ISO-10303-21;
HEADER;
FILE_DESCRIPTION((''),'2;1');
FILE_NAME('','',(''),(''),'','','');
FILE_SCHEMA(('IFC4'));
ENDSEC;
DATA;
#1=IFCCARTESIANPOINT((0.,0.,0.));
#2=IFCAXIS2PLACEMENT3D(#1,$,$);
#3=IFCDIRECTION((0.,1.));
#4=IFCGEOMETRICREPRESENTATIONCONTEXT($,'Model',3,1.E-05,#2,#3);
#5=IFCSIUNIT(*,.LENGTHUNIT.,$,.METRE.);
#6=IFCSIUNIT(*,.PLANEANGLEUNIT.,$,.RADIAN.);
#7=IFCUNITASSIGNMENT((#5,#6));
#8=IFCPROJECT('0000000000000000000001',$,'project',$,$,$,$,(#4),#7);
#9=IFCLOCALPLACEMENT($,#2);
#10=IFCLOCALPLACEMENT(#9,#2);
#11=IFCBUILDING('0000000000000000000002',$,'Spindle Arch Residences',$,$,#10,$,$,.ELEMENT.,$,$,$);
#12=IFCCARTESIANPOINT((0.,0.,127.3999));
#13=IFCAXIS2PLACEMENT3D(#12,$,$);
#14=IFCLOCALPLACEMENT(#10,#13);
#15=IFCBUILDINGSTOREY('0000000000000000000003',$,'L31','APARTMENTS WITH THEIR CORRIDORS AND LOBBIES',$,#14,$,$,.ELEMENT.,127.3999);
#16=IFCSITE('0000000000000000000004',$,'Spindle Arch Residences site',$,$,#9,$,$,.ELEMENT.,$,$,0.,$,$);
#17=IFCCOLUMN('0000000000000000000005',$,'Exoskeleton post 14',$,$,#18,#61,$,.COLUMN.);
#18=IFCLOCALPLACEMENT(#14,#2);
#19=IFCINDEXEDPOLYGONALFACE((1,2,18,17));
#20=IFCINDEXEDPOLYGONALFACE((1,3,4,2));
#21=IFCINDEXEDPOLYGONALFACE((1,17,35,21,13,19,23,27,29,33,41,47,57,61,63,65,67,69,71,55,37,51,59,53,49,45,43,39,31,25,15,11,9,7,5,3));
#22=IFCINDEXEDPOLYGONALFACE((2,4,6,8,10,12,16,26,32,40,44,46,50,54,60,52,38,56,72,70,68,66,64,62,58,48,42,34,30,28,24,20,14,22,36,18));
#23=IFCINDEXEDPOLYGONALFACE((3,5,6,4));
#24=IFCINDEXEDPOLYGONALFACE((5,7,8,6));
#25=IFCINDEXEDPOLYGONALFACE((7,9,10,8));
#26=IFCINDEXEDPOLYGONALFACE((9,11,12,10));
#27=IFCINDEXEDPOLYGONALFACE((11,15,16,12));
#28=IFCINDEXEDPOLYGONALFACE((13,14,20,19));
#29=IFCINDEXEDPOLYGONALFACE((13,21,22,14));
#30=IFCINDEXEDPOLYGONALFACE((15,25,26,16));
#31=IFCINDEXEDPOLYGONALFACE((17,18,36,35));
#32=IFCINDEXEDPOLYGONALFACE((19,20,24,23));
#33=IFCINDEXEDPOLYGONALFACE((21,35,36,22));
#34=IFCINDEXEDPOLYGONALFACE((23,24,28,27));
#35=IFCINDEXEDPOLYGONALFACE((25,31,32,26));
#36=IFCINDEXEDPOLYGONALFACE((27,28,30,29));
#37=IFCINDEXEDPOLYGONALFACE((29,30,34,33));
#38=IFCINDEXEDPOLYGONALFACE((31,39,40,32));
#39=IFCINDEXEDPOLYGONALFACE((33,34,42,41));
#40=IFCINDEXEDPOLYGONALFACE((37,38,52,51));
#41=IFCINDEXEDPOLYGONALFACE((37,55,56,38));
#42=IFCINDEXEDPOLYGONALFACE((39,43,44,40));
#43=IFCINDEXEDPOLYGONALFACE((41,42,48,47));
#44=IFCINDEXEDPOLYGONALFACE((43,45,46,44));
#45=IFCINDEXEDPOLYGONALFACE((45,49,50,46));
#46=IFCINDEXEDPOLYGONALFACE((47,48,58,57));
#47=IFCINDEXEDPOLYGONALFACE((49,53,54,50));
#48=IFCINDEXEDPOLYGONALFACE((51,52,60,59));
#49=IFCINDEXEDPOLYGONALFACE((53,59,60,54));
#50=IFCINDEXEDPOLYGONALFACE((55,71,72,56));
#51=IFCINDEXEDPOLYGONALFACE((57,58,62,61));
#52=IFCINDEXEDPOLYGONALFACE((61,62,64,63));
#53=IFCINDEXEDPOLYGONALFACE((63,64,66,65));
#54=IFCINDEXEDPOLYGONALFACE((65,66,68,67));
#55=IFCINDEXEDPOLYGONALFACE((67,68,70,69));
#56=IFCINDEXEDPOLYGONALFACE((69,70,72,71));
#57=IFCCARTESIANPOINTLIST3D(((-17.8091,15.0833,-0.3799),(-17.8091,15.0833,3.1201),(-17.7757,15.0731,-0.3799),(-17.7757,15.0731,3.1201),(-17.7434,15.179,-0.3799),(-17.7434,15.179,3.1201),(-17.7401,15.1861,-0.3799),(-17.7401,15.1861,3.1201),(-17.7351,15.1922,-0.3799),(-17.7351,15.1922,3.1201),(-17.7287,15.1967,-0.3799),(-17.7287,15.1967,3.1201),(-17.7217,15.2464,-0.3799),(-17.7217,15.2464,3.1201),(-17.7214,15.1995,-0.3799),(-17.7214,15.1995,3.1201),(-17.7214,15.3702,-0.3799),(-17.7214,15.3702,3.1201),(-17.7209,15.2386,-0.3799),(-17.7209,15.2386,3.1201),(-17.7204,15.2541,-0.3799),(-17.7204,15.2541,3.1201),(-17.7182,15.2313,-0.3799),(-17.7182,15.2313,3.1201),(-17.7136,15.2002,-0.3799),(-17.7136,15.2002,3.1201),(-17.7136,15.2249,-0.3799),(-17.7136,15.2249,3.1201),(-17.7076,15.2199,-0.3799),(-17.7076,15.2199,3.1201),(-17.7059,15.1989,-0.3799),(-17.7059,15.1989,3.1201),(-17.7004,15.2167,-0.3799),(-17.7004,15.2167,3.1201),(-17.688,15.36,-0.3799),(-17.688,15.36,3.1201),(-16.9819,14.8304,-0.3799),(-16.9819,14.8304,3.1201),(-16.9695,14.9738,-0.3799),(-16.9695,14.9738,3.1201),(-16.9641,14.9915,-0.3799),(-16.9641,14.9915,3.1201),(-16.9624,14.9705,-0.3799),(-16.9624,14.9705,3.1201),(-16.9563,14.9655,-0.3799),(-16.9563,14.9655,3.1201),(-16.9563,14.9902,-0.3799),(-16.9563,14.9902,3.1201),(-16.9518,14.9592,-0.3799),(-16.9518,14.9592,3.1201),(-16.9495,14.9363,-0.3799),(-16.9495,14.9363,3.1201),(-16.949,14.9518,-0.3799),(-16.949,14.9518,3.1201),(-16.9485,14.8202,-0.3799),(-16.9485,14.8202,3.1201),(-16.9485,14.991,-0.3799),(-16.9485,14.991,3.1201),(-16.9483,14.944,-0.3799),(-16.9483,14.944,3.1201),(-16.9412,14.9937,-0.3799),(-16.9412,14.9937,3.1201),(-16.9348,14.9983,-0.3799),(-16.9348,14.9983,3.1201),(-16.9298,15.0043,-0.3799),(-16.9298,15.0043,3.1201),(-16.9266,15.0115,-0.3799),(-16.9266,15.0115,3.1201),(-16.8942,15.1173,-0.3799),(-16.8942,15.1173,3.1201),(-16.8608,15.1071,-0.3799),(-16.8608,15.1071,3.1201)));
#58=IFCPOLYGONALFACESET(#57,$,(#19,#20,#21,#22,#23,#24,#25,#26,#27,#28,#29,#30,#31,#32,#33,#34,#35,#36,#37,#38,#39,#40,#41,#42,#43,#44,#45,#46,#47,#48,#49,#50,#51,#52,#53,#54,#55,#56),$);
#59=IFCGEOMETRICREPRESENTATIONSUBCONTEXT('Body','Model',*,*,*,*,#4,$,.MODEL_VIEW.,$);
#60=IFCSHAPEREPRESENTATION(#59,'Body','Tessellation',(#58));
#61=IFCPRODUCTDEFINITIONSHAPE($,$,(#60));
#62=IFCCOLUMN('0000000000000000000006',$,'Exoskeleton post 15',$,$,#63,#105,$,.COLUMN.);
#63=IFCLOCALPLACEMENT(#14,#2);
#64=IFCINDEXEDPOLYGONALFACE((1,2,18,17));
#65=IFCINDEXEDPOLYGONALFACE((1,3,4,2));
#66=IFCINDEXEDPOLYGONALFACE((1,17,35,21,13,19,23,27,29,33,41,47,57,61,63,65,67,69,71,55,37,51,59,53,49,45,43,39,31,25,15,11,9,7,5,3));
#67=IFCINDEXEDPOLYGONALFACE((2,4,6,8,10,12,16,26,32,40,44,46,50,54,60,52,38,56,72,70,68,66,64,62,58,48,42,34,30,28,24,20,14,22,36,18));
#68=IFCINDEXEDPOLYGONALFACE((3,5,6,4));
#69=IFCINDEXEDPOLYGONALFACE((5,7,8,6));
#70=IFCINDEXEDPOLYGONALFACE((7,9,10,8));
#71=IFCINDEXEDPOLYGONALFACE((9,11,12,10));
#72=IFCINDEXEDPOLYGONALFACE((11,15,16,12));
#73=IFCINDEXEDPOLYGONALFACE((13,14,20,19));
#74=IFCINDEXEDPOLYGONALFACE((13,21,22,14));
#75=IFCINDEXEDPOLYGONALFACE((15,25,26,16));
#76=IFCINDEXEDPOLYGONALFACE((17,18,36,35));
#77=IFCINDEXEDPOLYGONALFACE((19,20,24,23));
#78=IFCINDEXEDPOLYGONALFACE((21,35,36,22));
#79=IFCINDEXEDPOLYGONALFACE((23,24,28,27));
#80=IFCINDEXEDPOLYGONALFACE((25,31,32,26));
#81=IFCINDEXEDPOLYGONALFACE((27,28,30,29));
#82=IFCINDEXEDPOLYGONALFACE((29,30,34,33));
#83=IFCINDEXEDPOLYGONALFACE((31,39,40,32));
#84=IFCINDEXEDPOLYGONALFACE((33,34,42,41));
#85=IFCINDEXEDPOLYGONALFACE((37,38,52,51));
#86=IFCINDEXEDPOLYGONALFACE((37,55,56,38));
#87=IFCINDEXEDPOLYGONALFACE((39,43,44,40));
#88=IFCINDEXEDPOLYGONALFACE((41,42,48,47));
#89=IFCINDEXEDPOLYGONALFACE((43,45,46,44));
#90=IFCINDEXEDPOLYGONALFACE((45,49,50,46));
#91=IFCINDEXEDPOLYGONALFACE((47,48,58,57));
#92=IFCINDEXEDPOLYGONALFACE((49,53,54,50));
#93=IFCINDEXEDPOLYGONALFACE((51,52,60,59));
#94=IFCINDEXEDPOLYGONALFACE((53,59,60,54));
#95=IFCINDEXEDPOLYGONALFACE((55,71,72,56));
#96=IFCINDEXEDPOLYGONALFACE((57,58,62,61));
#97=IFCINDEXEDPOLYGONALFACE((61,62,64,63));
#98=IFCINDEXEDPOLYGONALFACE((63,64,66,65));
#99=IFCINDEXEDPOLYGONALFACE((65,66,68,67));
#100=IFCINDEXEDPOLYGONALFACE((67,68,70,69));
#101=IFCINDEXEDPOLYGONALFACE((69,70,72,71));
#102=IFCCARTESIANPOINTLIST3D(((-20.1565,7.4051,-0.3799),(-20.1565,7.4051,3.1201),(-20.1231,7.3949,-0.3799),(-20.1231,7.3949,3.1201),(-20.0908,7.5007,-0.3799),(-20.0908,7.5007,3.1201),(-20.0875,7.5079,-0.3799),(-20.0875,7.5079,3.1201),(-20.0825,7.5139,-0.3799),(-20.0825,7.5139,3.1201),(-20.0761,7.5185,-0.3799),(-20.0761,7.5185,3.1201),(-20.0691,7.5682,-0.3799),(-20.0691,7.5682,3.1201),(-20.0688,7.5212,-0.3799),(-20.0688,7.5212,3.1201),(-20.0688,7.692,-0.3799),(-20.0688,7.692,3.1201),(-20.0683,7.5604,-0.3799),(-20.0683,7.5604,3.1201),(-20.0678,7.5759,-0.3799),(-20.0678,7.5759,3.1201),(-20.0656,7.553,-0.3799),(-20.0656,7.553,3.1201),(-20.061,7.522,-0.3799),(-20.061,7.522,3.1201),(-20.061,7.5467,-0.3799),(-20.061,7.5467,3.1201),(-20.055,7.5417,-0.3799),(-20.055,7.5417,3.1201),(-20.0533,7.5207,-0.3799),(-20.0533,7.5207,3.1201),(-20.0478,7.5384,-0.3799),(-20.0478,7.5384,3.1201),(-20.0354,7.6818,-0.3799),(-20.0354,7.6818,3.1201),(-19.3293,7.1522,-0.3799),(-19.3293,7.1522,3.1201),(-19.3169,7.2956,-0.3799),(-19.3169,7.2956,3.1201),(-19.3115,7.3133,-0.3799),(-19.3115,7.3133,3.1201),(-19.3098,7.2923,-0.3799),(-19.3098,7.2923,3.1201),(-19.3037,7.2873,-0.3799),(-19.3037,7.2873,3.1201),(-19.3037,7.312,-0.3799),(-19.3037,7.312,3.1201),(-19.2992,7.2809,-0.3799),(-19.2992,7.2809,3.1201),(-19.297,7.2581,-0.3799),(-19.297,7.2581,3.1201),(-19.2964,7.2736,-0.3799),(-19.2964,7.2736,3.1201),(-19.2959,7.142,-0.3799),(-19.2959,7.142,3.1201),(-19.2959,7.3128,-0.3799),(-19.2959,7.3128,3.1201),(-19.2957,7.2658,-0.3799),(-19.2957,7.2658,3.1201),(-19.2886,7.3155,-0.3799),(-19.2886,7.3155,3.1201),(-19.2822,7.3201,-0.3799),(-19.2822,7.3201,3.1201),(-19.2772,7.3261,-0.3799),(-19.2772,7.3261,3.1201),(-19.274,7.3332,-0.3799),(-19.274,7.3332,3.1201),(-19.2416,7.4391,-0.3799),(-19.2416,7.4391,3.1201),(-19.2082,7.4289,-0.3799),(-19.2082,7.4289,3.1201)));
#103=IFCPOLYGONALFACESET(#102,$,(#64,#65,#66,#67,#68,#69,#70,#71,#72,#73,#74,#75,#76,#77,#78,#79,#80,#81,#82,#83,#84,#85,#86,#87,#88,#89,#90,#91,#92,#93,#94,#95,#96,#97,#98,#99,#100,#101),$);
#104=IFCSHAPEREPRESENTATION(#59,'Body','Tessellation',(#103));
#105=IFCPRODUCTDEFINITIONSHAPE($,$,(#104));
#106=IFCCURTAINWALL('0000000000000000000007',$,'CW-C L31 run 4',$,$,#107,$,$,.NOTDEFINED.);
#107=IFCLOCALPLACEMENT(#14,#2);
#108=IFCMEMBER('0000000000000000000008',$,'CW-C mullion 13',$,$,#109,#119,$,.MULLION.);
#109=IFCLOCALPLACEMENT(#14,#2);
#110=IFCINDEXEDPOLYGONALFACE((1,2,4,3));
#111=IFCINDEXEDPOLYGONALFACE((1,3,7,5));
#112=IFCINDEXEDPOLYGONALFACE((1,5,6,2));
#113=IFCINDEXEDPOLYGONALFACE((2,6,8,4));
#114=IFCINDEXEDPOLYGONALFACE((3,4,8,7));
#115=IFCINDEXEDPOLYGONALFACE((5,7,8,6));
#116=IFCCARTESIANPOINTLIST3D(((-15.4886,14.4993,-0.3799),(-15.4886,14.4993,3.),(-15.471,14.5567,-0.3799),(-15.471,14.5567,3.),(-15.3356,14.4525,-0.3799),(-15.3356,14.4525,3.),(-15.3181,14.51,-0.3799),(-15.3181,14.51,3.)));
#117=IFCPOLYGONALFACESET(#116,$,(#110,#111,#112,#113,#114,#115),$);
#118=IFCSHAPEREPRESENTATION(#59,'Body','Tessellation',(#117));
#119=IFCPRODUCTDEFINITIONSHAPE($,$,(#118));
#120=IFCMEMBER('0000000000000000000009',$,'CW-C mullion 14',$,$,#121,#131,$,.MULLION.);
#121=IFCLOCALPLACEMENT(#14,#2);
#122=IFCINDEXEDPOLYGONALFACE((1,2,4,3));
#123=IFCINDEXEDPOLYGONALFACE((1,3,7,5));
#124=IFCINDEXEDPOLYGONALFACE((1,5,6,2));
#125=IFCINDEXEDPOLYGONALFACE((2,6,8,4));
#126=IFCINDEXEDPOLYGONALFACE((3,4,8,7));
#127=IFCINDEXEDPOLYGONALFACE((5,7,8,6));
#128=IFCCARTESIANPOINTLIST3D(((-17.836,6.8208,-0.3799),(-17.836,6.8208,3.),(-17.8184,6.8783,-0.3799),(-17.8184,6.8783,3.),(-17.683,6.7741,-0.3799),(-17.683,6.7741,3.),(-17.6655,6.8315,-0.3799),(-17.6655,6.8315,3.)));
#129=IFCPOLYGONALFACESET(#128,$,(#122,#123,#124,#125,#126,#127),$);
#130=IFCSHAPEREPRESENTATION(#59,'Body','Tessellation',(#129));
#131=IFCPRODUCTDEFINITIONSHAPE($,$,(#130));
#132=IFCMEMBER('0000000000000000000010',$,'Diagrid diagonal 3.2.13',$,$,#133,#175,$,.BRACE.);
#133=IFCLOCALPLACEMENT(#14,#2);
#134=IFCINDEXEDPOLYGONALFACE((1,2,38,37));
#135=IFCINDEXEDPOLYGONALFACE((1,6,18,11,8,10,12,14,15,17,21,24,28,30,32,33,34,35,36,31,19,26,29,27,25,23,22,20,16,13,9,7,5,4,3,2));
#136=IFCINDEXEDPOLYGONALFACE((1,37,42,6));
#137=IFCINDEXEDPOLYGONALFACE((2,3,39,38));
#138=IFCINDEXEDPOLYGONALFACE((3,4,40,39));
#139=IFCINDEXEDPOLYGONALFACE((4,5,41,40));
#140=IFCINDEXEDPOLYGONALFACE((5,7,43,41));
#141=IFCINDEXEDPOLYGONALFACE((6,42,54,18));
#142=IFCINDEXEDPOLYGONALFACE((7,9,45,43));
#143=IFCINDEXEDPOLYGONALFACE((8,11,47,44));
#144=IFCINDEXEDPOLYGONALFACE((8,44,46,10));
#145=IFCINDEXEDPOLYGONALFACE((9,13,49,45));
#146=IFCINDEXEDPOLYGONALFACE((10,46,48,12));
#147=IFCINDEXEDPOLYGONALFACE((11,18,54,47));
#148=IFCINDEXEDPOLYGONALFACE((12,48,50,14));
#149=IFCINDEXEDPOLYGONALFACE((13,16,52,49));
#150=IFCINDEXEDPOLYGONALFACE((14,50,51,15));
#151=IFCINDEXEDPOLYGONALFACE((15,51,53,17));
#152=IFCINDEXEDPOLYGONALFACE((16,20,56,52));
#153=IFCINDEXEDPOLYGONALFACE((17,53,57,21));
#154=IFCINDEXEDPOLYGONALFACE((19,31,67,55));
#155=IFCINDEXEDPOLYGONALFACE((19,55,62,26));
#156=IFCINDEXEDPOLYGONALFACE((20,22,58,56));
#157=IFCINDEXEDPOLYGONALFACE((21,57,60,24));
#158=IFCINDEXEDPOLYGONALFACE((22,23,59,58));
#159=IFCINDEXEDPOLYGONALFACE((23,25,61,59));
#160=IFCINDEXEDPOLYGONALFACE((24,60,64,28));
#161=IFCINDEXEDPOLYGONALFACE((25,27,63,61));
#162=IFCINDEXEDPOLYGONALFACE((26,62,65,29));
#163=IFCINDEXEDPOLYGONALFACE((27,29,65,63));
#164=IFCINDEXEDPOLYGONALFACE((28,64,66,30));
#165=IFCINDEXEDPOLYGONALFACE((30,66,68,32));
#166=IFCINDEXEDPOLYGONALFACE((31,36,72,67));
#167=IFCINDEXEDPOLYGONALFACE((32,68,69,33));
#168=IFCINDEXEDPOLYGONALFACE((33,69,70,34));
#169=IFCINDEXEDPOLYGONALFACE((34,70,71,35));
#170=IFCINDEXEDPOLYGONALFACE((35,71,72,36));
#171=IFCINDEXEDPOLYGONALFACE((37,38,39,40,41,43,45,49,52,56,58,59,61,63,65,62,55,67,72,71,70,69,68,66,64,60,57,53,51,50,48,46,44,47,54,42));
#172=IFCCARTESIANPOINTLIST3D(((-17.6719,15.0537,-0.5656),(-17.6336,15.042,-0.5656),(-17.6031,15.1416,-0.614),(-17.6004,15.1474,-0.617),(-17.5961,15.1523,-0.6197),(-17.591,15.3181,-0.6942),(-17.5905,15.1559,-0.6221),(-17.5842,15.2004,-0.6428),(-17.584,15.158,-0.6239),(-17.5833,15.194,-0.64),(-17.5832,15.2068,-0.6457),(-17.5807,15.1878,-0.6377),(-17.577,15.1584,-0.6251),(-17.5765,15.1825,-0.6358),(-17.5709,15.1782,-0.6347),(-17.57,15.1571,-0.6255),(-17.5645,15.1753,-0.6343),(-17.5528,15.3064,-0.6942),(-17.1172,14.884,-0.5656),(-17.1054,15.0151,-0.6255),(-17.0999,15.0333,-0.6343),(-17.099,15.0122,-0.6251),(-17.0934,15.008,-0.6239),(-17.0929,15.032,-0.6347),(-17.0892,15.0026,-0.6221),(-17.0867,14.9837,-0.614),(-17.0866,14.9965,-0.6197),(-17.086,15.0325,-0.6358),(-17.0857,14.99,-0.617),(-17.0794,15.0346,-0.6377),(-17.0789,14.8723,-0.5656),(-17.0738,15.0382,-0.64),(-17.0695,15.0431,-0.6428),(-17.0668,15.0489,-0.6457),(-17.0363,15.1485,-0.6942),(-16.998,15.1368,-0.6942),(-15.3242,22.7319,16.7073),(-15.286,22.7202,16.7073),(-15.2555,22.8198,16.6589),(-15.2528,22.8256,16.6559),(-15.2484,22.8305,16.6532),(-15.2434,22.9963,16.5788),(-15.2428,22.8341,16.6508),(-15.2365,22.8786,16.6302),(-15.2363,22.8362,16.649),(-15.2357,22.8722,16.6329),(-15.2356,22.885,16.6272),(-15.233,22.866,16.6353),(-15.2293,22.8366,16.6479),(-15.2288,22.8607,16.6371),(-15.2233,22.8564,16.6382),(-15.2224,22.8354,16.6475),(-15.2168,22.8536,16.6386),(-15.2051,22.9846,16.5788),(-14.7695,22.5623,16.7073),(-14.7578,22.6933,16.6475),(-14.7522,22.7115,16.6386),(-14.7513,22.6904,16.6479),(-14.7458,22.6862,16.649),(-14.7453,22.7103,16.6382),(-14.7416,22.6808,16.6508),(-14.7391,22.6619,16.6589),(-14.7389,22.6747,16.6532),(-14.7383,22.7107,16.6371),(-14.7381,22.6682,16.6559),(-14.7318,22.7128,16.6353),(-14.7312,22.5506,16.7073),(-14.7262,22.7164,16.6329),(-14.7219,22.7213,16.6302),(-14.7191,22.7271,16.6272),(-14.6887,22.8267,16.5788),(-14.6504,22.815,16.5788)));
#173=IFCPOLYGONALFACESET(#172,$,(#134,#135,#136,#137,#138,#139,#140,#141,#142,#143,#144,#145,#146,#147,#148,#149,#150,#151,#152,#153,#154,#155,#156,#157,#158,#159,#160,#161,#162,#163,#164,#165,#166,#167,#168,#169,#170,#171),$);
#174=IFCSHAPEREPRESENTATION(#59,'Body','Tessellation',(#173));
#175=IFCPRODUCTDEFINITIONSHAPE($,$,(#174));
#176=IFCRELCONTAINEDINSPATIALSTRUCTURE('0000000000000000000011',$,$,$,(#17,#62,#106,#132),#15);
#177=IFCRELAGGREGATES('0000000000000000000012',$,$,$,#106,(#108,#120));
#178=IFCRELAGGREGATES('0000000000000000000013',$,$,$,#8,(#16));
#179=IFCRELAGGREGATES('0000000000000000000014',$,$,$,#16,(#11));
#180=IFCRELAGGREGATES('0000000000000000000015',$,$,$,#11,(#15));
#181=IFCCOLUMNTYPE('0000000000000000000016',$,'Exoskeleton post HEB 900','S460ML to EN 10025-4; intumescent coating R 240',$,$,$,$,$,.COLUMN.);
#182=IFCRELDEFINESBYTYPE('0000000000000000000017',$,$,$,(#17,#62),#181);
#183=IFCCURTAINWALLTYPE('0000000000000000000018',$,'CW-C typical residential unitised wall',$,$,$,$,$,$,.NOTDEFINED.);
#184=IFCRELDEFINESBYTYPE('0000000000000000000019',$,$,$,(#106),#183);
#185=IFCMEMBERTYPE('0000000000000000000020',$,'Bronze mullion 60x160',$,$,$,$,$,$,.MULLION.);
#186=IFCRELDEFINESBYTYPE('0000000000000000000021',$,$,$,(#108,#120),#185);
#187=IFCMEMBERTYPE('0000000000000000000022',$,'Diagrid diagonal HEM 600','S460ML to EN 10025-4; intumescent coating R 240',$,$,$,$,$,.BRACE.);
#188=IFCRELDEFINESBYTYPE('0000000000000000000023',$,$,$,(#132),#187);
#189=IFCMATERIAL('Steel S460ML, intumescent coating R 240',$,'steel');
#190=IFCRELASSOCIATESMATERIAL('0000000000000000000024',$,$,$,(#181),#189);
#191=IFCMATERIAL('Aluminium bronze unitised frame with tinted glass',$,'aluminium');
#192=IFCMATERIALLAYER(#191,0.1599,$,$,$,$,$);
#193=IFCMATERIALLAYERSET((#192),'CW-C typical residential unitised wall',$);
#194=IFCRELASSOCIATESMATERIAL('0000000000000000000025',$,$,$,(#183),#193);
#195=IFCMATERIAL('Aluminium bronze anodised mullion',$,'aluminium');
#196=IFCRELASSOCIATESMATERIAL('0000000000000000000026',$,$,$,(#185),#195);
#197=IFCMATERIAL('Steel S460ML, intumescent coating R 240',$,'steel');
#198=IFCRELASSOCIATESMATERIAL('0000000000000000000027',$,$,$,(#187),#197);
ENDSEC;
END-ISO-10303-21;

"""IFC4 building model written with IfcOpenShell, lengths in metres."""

from ifc_helpers import new_model, si_unit, direction, frame, origin, origin_2d, place, context, subcontext, project, spatial, rectangle, i_section, extrude, material, layer, layer_set, material_profile, profile_set, type_object, element, aggregate, save


model = new_model("IFC4")

# Units and contexts
model_context = context("Model", 3, precision=1e-05, world=origin(), true_north=direction((0.0, 1.0)))
body_context = subcontext(model_context, "Body", "Model", "MODEL_VIEW")
ifc_project = project(units=[si_unit("LENGTHUNIT", "METRE"), si_unit("PLANEANGLEUNIT", "RADIAN")], contexts=[model_context])

# Site, building, storey
site_placement = place(None, origin())
site = spatial("IfcSite", under=ifc_project, at=site_placement, Name="Spindle Arch Residences site", CompositionType="ELEMENT", RefElevation=0.0)
building_placement = place(site_placement, origin())
building = spatial("IfcBuilding", under=site, at=building_placement, Name="Spindle Arch Residences", CompositionType="ELEMENT")
storey_placement = place(building_placement, frame((0.0, 0.0, 127.3999)))
storey = spatial("IfcBuildingStorey", under=building, at=storey_placement, Name="L31", Description="APARTMENTS WITH THEIR CORRIDORS AND LOBBIES", CompositionType="ELEMENT", Elevation=127.3999)

# Columns
ifc_material_1 = material(Name="Steel S460ML, intumescent coating R 240", Category="steel")
ifc_material_profile_1 = material_profile(ifc_material_1, i_section(OverallWidth=0.3, OverallDepth=0.8999, WebThickness=0.0186, FlangeThickness=0.0349, FilletRadius=0.03, at=origin_2d()), Name="HEB 900")
ifc_profile_set_1 = profile_set([ifc_material_profile_1], Name="Steel S460ML, intumescent coating R 240")
column_type = type_object("IfcColumnType", Name="Exoskeleton post HEB 900", Description="S460ML to EN 10025-4; intumescent coating R 240", PredefinedType="COLUMN", material=ifc_profile_set_1)
for number, where, z_axis, x_axis, name in (
    (1, (-17.335, 15.0952, -0.3799), (0.0, 0.0, 1.0), (0.292372, 0.956305, 0.0), "Exoskeleton post 14"),
    (2, (-19.6824, 7.417, -0.3799), (0.0, 0.0, 1.0), (0.292372, 0.956305, 0.0), "Exoskeleton post 15"),
):
    element("IfcColumn", number, at=place(storey_placement, frame(where, z_axis=z_axis, x_axis=x_axis)), inside=storey, type_object=column_type, Name=name, PredefinedType="COLUMN", context=body_context, shape_type="SweptSolid", body=[
        extrude(i_section(OverallWidth=0.3, OverallDepth=0.8999, WebThickness=0.0186, FlangeThickness=0.0349, FilletRadius=0.03, at=origin_2d()), origin(), (0.0, 0.0, 1.0), 3.5),
    ])

# Curtain wall, members
ifc_material_2 = material(Name="Aluminium bronze unitised frame with tinted glass", Category="aluminium")
ifc_layer_1 = layer(ifc_material_2, 0.1599)
ifc_layer_set_1 = layer_set([ifc_layer_1], Name="CW-C typical residential unitised wall")
curtain_wall_type = type_object("IfcCurtainWallType", Name="CW-C typical residential unitised wall", PredefinedType="NOTDEFINED", material=ifc_layer_set_1)
curtain_wall_placement = place(storey_placement, origin())
curtain_wall = element("IfcCurtainWall", 3, at=curtain_wall_placement, inside=storey, type_object=curtain_wall_type, Name="CW-C L31 run 4", PredefinedType="NOTDEFINED")
ifc_material_3 = material(Name="Aluminium bronze anodised mullion", Category="aluminium")
ifc_material_profile_2 = material_profile(ifc_material_3, rectangle(XDim=0.1599, YDim=0.0601, at=origin_2d()), Name="MU 60x160")
ifc_profile_set_2 = profile_set([ifc_material_profile_2], Name="Aluminium bronze anodised mullion")
member_type_1 = type_object("IfcMemberType", Name="Bronze mullion 60x160", PredefinedType="MULLION", material=ifc_profile_set_2)
member_1_placement = place(storey_placement, frame((-15.4033, 14.5046, -0.3799), z_axis=(0.0, 0.0, 1.0), x_axis=(0.956305, -0.292372, 0.0)))
member_1 = element("IfcMember", 4, at=member_1_placement, type_object=member_type_1, Name="CW-C mullion 13", PredefinedType="MULLION", context=body_context, shape_type="SweptSolid", body=[
    extrude(rectangle(XDim=0.1599, YDim=0.0601, at=origin_2d()), origin(), (0.0, 0.0, 1.0), 3.3799),
])
member_2_placement = place(storey_placement, frame((-17.7507, 6.8262, -0.3799), z_axis=(0.0, 0.0, 1.0), x_axis=(0.956305, -0.292372, 0.0)))
member_2 = element("IfcMember", 5, at=member_2_placement, type_object=member_type_1, Name="CW-C mullion 14", PredefinedType="MULLION", context=body_context, shape_type="SweptSolid", body=[
    extrude(rectangle(XDim=0.1599, YDim=0.0601, at=origin_2d()), origin(), (0.0, 0.0, 1.0), 3.3799),
])

# Member
ifc_material_4 = material(Name="Steel S460ML, intumescent coating R 240", Category="steel")
ifc_material_profile_3 = material_profile(ifc_material_4, i_section(OverallWidth=0.3049, OverallDepth=0.6201, WebThickness=0.021, FlangeThickness=0.04, FilletRadius=0.0271, at=origin_2d()), Name="HEM 600")
ifc_profile_set_3 = profile_set([ifc_material_profile_3], Name="Steel S460ML, intumescent coating R 240")
member_type_2 = type_object("IfcMemberType", Name="Diagrid diagonal HEM 600", Description="S460ML to EN 10025-4; intumescent coating R 240", PredefinedType="BRACE", material=ifc_profile_set_3)
for number, where, z_axis, x_axis, name in (
    (6, (-17.335, 15.0952, -0.6299), (0.12325, 0.403101, 0.906818), (-0.265147, -0.867188, 0.421523), "Diagrid diagonal 3.2.13"),
):
    element("IfcMember", number, at=place(storey_placement, frame(where, z_axis=z_axis, x_axis=x_axis)), inside=storey, type_object=member_type_2, Name=name, PredefinedType="BRACE", context=body_context, shape_type="SweptSolid", body=[
        extrude(i_section(OverallWidth=0.3049, OverallDepth=0.6201, WebThickness=0.021, FlangeThickness=0.04, FilletRadius=0.0271, at=origin_2d()), origin(), (0.0, 0.0, 1.0), 19.0479),
    ])

aggregate(curtain_wall, [member_1, member_2])

save(model, "model.ifc")
